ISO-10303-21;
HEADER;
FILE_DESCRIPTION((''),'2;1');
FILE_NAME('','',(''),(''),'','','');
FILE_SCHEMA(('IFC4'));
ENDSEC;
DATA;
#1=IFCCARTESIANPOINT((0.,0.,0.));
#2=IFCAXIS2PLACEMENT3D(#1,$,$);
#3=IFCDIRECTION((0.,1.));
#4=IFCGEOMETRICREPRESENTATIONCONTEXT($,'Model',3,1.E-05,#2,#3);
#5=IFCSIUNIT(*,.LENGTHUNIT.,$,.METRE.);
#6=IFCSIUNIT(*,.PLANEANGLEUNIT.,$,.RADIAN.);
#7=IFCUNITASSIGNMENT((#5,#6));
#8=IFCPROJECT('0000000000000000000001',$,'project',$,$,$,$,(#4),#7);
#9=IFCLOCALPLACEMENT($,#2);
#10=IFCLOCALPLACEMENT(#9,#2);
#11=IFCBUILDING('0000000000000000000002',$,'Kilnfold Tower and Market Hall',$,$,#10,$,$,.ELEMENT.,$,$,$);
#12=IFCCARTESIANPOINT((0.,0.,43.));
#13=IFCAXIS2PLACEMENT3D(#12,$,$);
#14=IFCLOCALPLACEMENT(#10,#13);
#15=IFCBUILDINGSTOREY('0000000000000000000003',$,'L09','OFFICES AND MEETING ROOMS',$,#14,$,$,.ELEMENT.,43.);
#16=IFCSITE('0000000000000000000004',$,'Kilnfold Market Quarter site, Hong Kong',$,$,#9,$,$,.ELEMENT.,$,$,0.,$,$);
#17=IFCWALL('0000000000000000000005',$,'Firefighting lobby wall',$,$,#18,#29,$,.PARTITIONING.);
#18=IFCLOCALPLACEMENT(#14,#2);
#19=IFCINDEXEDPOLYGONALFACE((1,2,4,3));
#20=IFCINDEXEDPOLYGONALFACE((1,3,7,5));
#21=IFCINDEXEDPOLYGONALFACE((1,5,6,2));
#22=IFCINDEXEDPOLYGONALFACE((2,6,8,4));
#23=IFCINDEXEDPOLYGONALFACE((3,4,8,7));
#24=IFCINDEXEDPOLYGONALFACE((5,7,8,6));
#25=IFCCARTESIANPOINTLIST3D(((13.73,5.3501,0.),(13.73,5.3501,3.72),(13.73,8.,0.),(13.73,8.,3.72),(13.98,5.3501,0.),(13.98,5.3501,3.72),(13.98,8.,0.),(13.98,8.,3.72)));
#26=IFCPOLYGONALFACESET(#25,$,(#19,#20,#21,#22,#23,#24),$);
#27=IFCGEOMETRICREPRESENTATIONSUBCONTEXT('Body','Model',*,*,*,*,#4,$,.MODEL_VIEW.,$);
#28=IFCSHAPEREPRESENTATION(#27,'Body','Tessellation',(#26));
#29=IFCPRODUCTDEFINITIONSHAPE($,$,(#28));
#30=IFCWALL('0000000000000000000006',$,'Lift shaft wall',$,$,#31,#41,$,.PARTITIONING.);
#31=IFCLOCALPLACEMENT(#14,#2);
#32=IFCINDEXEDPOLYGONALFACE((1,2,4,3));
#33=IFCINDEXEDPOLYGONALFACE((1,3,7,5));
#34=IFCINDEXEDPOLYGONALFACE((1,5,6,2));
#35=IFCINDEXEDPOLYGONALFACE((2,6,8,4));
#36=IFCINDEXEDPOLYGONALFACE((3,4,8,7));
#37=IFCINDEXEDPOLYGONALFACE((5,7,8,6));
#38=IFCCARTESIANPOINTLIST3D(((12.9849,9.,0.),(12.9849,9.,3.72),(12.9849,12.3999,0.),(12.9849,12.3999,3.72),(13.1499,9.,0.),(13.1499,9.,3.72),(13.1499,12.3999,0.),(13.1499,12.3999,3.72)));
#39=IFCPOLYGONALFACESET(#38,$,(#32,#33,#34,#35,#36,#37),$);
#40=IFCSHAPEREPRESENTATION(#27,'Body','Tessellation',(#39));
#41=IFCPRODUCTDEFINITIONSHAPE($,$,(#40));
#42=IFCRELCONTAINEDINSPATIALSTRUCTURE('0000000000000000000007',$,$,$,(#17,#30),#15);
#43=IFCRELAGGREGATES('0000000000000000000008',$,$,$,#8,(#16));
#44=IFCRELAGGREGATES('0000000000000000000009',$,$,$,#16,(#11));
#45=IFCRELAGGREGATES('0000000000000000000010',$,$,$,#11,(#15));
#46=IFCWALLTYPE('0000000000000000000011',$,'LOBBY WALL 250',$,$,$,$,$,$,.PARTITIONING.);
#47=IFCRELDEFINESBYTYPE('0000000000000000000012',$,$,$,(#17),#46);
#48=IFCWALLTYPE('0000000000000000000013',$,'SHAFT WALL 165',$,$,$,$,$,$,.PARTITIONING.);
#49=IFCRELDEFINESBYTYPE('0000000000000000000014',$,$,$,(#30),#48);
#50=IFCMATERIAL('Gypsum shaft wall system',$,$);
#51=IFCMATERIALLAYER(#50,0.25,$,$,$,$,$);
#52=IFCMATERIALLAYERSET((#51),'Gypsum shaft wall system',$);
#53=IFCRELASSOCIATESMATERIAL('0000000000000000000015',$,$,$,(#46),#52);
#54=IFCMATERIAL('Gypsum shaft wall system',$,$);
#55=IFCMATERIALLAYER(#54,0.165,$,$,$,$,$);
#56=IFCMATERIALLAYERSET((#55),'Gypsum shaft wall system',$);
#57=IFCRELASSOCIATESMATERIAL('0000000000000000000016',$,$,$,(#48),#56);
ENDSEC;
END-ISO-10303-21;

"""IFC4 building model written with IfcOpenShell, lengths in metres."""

from ifc_helpers import new_model, si_unit, direction, frame, frame_2d, origin, place, context, subcontext, project, spatial, rectangle, extrude, source, transform, mapped, material, layer, layer_set, type_object, element, save


model = new_model("IFC4")

# Units and contexts
model_context = context("Model", 3, precision=1e-05, world=origin(), true_north=direction((0.0, 1.0)))
body_context = subcontext(model_context, "Body", "Model", "MODEL_VIEW")
ifc_project = project(units=[si_unit("LENGTHUNIT", "METRE"), si_unit("PLANEANGLEUNIT", "RADIAN")], contexts=[model_context])

# Site, building, storey
site_placement = place(None, origin())
site = spatial("IfcSite", under=ifc_project, at=site_placement, Name="Kilnfold Market Quarter site, Hong Kong", CompositionType="ELEMENT", RefElevation=0.0)
building_placement = place(site_placement, origin())
building = spatial("IfcBuilding", under=site, at=building_placement, Name="Kilnfold Tower and Market Hall", CompositionType="ELEMENT")
storey_placement = place(building_placement, frame((0.0, 0.0, 43.0)))
storey = spatial("IfcBuildingStorey", under=building, at=storey_placement, Name="L09", Description="OFFICES AND MEETING ROOMS", CompositionType="ELEMENT", Elevation=43.0)

# Walls
ifc_material_1 = material(Name="Gypsum shaft wall system")
ifc_layer_1 = layer(ifc_material_1, 0.25)
ifc_layer_set_1 = layer_set([ifc_layer_1], Name="Gypsum shaft wall system")
wall_type_1 = type_object("IfcWallType", Name="LOBBY WALL 250", PredefinedType="PARTITIONING", material=ifc_layer_set_1)
shared_shape_1 = source(origin(), body_context, "Body", "SweptSolid", [
    extrude(rectangle(XDim=2.6499, YDim=0.25, at=frame_2d((1.325, 0.0))), origin(), (0.0, 0.0, 1.0), 3.72),
])
wall_1_placement = place(storey_placement, frame((13.855, 5.3501, 0.0), z_axis=(0.0, 0.0, 1.0), x_axis=(0.0, 1.0, 0.0)))
element("IfcWall", 1, at=wall_1_placement, inside=storey, type_object=wall_type_1, Name="Firefighting lobby wall", PredefinedType="PARTITIONING", context=body_context, shape_type="MappedRepresentation", body=[
    mapped(shared_shape_1, transform((0.0, 0.0, 0.0))),
])
ifc_material_2 = material(Name="Gypsum shaft wall system")
ifc_layer_2 = layer(ifc_material_2, 0.165)
ifc_layer_set_2 = layer_set([ifc_layer_2], Name="Gypsum shaft wall system")
wall_type_2 = type_object("IfcWallType", Name="SHAFT WALL 165", PredefinedType="PARTITIONING", material=ifc_layer_set_2)
shared_shape_2 = source(origin(), body_context, "Body", "SweptSolid", [
    extrude(rectangle(XDim=3.3999, YDim=0.165, at=frame_2d((1.7, 0.0))), origin(), (0.0, 0.0, 1.0), 3.72),
])
wall_2_placement = place(storey_placement, frame((13.0674, 9.0, 0.0), z_axis=(0.0, 0.0, 1.0), x_axis=(0.0, 1.0, 0.0)))
element("IfcWall", 2, at=wall_2_placement, inside=storey, type_object=wall_type_2, Name="Lift shaft wall", PredefinedType="PARTITIONING", context=body_context, shape_type="MappedRepresentation", body=[
    mapped(shared_shape_2, transform((0.0, 0.0, 0.0))),
])

save(model, "model.ifc")
